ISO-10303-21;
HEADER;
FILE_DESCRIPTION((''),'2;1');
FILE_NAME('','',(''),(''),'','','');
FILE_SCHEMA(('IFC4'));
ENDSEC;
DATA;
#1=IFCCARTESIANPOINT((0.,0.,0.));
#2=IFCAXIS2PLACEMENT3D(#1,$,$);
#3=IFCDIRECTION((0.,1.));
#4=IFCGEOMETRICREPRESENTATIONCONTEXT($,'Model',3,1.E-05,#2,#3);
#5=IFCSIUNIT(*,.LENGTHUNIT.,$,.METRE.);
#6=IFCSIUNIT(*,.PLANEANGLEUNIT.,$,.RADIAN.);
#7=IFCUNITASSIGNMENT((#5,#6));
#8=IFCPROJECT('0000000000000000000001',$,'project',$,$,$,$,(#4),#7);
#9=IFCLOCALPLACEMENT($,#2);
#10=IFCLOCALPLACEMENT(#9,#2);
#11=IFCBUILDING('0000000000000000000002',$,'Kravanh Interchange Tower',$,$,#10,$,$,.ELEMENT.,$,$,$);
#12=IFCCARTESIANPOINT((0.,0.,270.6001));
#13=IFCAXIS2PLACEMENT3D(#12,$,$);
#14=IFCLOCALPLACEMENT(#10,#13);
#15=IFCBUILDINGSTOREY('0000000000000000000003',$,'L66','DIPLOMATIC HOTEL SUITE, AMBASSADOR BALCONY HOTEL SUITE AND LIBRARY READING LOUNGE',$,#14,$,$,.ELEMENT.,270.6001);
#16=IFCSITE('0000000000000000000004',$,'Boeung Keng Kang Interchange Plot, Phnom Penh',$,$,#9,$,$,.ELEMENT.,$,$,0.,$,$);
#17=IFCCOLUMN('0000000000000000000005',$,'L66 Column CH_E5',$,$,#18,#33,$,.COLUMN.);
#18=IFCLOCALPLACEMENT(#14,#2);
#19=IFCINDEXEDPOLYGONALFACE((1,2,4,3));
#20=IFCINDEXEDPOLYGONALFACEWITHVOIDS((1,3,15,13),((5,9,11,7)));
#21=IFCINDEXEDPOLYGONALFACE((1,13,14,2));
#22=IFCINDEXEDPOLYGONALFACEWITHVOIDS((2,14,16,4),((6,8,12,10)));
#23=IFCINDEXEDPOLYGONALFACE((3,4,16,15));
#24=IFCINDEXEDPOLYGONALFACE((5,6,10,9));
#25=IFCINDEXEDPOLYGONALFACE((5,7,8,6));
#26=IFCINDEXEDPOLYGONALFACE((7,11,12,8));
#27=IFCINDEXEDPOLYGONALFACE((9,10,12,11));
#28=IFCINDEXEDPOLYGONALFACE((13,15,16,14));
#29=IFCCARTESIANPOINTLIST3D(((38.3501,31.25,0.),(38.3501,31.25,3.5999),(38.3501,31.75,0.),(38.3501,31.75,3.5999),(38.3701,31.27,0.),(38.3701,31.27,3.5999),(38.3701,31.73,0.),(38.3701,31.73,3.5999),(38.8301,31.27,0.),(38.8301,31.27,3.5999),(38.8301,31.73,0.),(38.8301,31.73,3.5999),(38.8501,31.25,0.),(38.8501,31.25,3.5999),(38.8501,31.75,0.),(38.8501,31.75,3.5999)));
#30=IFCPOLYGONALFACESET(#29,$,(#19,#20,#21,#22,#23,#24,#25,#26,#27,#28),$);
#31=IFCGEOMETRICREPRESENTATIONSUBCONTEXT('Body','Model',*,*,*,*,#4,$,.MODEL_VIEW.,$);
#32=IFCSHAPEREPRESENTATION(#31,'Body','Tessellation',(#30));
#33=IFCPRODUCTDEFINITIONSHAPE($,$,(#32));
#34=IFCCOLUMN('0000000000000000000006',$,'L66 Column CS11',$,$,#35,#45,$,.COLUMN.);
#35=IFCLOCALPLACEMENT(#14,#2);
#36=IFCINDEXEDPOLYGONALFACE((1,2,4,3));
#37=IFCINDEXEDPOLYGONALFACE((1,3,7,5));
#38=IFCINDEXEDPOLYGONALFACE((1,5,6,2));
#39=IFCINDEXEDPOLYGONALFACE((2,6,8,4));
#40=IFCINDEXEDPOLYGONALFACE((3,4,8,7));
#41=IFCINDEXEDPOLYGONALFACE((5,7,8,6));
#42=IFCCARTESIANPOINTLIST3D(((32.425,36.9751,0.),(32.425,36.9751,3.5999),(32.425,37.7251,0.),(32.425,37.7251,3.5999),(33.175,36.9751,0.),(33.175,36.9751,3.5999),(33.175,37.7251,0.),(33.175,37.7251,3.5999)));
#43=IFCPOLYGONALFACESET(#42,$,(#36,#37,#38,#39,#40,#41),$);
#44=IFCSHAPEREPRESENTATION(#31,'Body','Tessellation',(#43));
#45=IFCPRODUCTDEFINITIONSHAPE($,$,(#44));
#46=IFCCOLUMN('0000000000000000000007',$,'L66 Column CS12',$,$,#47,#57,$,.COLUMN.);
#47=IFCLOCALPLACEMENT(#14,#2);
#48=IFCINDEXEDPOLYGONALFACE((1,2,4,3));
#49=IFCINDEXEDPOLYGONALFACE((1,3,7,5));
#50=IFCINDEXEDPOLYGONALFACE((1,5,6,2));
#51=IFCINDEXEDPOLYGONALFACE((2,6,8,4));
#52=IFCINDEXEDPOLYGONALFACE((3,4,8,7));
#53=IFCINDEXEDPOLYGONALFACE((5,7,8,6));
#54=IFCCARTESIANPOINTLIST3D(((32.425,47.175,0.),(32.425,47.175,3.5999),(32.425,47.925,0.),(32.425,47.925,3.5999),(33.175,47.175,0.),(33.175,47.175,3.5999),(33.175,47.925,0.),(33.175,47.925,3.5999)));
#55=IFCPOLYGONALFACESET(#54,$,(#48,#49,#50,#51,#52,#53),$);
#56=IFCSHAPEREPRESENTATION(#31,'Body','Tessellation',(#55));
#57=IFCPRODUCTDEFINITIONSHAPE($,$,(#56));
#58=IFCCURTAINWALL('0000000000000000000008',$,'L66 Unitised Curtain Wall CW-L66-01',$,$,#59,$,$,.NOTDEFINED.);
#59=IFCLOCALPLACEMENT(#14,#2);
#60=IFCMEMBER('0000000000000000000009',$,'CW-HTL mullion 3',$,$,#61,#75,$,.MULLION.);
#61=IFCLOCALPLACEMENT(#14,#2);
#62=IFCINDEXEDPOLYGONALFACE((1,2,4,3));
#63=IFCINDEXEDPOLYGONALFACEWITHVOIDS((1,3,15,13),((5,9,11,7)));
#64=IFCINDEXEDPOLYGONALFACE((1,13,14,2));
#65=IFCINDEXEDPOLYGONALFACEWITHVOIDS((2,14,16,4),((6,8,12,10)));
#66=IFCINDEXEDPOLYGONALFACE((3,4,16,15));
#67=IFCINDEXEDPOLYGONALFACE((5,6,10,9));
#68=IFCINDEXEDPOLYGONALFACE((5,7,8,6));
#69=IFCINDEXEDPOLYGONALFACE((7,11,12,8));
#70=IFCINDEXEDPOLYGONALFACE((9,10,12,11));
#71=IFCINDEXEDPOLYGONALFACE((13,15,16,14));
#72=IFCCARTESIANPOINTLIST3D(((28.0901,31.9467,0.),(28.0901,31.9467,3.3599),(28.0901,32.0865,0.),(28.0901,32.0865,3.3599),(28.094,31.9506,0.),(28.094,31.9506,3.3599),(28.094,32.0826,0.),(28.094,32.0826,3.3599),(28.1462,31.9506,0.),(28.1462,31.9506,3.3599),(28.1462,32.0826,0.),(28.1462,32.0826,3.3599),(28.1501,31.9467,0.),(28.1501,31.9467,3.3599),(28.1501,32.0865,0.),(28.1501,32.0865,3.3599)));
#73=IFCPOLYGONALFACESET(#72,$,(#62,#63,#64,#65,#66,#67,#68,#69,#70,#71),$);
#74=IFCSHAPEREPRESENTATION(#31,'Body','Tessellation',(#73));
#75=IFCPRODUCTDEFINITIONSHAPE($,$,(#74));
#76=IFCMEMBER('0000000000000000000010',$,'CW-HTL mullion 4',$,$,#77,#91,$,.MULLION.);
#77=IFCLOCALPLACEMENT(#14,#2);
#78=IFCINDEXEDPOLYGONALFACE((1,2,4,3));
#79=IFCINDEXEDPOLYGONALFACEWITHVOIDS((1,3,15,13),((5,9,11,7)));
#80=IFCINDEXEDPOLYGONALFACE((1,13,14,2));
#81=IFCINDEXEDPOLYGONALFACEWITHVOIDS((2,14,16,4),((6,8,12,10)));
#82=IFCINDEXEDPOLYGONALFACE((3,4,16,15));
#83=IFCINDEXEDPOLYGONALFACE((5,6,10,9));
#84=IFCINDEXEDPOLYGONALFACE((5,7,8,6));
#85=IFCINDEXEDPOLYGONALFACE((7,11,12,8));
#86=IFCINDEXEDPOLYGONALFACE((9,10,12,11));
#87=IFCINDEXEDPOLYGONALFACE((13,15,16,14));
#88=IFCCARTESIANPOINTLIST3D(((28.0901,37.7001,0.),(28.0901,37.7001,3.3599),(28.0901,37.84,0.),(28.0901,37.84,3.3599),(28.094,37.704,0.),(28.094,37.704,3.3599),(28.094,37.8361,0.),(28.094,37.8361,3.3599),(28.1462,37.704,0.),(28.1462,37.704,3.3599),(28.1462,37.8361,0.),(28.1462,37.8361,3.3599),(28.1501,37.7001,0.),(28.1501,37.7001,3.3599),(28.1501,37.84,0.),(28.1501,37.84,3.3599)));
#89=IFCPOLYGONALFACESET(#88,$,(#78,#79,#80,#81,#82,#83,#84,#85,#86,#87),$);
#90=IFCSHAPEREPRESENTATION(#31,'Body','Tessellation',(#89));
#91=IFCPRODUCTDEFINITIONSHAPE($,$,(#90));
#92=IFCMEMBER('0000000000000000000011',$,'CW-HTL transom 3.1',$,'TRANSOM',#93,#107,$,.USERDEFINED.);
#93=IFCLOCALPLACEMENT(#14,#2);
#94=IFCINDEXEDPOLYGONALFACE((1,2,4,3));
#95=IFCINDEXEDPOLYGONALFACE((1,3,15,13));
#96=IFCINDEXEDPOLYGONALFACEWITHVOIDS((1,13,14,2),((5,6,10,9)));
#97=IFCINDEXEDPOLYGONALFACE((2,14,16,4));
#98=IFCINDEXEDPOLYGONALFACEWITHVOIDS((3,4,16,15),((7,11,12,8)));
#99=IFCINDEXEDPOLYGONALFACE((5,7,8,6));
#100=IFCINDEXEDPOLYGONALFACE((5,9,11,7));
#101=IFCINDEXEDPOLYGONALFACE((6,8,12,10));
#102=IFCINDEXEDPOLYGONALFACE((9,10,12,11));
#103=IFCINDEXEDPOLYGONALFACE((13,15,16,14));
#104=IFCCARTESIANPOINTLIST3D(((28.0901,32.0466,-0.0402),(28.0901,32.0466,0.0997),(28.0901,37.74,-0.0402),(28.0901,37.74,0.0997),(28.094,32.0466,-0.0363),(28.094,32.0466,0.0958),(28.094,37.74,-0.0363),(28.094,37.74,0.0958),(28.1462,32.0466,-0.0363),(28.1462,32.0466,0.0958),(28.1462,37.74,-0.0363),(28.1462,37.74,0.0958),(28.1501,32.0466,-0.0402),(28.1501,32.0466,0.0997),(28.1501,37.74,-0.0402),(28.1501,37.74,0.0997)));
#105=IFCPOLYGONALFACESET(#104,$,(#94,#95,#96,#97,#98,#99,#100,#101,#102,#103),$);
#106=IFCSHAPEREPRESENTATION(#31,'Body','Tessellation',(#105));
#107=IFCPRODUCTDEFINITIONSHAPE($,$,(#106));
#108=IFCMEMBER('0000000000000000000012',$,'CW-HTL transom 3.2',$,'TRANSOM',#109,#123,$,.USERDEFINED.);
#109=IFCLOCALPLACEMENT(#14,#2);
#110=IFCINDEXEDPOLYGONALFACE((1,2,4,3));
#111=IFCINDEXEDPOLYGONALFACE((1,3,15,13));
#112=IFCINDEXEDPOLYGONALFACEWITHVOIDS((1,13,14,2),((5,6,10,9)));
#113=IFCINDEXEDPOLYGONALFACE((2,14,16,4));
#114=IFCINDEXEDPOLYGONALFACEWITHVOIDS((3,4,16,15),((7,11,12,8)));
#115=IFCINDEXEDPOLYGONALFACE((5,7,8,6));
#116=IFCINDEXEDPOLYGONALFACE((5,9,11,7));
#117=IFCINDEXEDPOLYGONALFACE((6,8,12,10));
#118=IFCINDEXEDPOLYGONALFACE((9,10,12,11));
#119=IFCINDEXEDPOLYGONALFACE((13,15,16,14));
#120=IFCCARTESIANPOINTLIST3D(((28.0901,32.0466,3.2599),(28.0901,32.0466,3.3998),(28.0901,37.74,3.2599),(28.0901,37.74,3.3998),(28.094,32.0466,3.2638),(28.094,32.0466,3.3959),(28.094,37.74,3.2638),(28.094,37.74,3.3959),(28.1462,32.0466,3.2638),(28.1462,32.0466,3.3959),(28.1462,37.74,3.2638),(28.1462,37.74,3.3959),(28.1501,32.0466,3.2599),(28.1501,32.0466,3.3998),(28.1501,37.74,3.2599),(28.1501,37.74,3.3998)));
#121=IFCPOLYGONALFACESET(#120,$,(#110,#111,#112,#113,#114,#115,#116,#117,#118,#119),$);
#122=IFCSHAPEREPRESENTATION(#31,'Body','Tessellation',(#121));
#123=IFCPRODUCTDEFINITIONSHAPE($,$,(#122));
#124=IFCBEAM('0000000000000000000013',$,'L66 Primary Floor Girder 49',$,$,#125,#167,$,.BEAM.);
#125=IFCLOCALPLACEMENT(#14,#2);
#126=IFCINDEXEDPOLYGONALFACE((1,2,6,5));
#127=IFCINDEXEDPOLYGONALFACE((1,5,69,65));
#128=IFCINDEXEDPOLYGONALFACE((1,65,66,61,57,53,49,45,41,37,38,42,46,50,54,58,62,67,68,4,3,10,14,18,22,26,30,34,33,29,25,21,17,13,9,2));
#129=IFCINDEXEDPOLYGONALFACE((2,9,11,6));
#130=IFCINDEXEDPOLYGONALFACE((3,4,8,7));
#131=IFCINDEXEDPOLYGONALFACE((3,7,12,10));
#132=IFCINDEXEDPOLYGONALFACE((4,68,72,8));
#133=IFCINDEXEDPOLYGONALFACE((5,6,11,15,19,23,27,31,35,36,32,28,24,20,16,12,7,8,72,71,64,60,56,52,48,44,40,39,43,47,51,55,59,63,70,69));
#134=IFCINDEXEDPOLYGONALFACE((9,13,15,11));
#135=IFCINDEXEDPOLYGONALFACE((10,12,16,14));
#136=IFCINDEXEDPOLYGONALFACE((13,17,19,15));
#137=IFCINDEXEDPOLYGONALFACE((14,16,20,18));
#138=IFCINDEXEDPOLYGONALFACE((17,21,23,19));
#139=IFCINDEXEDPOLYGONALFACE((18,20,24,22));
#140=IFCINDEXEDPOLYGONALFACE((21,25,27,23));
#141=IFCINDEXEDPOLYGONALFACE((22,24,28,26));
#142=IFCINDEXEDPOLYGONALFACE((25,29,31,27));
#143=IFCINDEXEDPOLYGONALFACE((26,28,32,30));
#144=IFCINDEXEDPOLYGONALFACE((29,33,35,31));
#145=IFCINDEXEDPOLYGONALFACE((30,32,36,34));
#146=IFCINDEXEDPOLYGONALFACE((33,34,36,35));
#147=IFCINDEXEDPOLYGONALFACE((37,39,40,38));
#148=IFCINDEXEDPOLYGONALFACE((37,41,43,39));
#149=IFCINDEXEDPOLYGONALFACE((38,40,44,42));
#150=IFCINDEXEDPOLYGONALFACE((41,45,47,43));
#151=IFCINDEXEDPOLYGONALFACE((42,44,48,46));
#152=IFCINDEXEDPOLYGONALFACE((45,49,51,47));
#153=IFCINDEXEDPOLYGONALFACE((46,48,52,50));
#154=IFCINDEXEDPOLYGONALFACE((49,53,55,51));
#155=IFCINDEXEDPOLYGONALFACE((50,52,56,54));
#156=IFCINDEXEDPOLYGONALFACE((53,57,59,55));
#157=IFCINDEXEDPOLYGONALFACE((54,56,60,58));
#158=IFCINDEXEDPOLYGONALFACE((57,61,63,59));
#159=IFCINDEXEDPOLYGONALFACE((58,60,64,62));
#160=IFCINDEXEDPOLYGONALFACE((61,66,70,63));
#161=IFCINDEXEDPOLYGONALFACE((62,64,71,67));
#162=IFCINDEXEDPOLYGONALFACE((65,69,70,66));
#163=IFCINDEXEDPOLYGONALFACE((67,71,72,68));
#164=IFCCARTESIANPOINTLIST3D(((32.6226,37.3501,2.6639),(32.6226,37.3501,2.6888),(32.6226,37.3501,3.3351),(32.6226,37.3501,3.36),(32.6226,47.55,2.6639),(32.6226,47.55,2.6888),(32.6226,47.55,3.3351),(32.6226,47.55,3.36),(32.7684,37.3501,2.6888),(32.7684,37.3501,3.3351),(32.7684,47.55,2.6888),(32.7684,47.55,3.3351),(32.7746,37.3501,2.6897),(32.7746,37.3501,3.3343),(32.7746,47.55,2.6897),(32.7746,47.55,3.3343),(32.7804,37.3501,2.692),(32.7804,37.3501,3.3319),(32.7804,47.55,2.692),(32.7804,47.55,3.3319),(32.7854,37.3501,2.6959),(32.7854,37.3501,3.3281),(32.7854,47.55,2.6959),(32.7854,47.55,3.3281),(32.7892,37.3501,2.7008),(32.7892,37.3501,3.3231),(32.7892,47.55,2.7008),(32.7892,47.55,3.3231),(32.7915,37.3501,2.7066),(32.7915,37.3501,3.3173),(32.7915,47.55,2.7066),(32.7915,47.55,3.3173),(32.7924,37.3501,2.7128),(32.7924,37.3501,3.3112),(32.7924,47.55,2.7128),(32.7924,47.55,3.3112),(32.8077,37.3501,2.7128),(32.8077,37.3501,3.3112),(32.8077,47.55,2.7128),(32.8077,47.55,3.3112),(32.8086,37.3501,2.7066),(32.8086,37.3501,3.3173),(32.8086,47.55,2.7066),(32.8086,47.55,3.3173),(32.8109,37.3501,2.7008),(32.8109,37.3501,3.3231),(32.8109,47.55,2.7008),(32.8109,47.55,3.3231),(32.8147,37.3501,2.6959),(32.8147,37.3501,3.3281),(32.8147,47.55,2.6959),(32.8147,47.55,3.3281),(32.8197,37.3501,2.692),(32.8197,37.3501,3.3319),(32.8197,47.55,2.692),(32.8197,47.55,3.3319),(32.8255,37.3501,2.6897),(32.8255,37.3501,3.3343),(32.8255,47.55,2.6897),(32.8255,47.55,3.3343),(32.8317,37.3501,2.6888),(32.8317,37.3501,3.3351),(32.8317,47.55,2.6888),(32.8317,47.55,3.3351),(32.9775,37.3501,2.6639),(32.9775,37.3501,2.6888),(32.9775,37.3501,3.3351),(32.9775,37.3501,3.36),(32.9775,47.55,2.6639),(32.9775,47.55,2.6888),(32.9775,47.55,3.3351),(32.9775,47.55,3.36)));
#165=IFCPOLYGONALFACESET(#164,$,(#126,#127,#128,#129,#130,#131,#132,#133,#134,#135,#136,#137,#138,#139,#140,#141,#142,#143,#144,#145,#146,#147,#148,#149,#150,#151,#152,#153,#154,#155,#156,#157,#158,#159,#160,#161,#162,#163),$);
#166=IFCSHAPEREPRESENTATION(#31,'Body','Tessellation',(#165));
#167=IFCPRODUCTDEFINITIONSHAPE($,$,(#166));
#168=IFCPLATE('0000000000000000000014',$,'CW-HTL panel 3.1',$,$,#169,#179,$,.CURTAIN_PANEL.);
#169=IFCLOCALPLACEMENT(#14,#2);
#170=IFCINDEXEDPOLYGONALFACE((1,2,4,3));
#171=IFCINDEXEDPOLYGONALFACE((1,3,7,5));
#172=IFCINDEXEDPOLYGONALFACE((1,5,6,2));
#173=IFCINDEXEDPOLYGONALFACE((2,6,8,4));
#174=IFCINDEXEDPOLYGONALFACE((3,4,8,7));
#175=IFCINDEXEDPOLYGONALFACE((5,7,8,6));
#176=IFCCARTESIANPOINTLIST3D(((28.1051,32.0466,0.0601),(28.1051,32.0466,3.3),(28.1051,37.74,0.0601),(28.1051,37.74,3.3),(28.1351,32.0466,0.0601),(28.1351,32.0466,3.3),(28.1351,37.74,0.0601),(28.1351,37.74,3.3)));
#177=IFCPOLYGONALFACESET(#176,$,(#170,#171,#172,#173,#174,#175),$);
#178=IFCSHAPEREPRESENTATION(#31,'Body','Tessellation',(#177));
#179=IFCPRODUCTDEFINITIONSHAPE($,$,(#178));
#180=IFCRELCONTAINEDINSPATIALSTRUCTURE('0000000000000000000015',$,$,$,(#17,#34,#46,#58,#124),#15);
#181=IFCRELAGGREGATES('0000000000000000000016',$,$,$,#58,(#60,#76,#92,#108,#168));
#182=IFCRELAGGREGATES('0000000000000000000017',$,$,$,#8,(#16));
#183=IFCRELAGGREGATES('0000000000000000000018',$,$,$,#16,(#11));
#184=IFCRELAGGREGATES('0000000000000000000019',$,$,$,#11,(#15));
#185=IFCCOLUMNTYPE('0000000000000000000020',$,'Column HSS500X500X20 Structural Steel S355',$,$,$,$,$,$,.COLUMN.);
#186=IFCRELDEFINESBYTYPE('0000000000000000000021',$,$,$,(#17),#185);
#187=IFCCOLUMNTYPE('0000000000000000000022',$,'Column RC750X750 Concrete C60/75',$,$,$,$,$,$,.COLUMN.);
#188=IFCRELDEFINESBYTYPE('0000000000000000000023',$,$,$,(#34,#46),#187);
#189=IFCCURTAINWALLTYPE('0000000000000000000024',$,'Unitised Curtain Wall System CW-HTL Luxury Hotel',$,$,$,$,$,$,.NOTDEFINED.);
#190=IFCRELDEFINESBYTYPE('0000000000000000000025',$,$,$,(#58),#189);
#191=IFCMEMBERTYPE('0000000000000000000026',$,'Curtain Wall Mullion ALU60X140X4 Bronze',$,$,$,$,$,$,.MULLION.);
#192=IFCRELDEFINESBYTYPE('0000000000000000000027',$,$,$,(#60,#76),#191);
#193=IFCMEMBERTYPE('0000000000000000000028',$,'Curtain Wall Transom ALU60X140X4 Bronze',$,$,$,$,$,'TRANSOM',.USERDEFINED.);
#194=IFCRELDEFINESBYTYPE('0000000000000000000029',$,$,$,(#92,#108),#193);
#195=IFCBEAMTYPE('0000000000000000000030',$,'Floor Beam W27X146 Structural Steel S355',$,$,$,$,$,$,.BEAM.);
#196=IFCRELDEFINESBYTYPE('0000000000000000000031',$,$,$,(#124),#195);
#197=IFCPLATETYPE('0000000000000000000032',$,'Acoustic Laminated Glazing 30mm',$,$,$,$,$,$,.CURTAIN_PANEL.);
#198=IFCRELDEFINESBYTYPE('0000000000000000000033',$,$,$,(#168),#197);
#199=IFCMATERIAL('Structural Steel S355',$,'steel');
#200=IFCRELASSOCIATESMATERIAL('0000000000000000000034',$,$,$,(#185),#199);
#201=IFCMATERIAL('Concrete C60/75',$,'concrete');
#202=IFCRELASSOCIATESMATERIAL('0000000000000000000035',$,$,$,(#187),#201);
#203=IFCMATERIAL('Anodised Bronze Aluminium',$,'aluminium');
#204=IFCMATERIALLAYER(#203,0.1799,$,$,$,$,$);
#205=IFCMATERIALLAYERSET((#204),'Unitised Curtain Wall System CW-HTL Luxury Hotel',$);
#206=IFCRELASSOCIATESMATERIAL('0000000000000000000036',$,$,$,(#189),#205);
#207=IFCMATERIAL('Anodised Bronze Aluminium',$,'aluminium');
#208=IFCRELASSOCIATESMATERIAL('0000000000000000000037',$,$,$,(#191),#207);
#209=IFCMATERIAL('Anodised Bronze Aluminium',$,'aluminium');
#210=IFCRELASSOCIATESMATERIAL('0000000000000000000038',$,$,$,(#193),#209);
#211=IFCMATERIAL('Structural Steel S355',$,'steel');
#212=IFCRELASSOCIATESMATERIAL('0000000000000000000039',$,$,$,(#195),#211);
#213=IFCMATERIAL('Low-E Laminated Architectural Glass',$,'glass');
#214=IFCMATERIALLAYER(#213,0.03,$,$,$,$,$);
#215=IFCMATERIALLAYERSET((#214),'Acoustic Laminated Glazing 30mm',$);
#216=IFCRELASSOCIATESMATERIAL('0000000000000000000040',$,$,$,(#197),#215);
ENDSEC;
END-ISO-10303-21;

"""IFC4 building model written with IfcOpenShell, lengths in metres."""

from ifc_helpers import new_model, si_unit, direction, frame, origin, origin_2d, place, context, subcontext, project, spatial, rectangle, hollow_rectangle, i_section, extrude, material, layer, layer_set, material_profile, profile_set, type_object, element, aggregate, save


model = new_model("IFC4")

# Units and contexts
model_context = context("Model", 3, precision=1e-05, world=origin(), true_north=direction((0.0, 1.0)))
body_context = subcontext(model_context, "Body", "Model", "MODEL_VIEW")
ifc_project = project(units=[si_unit("LENGTHUNIT", "METRE"), si_unit("PLANEANGLEUNIT", "RADIAN")], contexts=[model_context])

# Site, building, storey
site_placement = place(None, origin())
site = spatial("IfcSite", under=ifc_project, at=site_placement, Name="Boeung Keng Kang Interchange Plot, Phnom Penh", CompositionType="ELEMENT", RefElevation=0.0)
building_placement = place(site_placement, origin())
building = spatial("IfcBuilding", under=site, at=building_placement, Name="Kravanh Interchange Tower", CompositionType="ELEMENT")
storey_placement = place(building_placement, frame((0.0, 0.0, 270.6001)))
storey = spatial("IfcBuildingStorey", under=building, at=storey_placement, Name="L66", Description="DIPLOMATIC HOTEL SUITE, AMBASSADOR BALCONY HOTEL SUITE AND LIBRARY READING LOUNGE", CompositionType="ELEMENT", Elevation=270.6001)

# Columns
ifc_material_1 = material(Name="Structural Steel S355", Category="steel")
ifc_material_profile_1 = material_profile(ifc_material_1, hollow_rectangle(XDim=0.5, YDim=0.5, WallThickness=0.02, at=origin_2d()), Name="HSS500X500X20")
ifc_profile_set_1 = profile_set([ifc_material_profile_1], Name="Structural Steel S355")
column_type_1 = type_object("IfcColumnType", Name="Column HSS500X500X20 Structural Steel S355", PredefinedType="COLUMN", material=ifc_profile_set_1)
column_placement = place(storey_placement, frame((38.6001, 31.5, 0.0), z_axis=(0.0, 0.0, 1.0), x_axis=(1.0, 0.0, 0.0)))
element("IfcColumn", 1, at=column_placement, inside=storey, type_object=column_type_1, Name="L66 Column CH_E5", PredefinedType="COLUMN", context=body_context, shape_type="SweptSolid", body=[
    extrude(hollow_rectangle(XDim=0.5, YDim=0.5, WallThickness=0.02, at=origin_2d()), origin(), (0.0, 0.0, 1.0), 3.5999),
])
ifc_material_2 = material(Name="Concrete C60/75", Category="concrete")
ifc_material_profile_2 = material_profile(ifc_material_2, rectangle(XDim=0.75, YDim=0.75, at=origin_2d()), Name="RC750X750")
ifc_profile_set_2 = profile_set([ifc_material_profile_2], Name="Concrete C60/75")
column_type_2 = type_object("IfcColumnType", Name="Column RC750X750 Concrete C60/75", PredefinedType="COLUMN", material=ifc_profile_set_2)
for number, where, z_axis, x_axis, name in (
    (2, (32.8, 37.3501, 0.0), (0.0, 0.0, 1.0), (1.0, 0.0, 0.0), "L66 Column CS11"),
    (3, (32.8, 47.55, 0.0), (0.0, 0.0, 1.0), (1.0, 0.0, 0.0), "L66 Column CS12"),
):
    element("IfcColumn", number, at=place(storey_placement, frame(where, z_axis=z_axis, x_axis=x_axis)), inside=storey, type_object=column_type_2, Name=name, PredefinedType="COLUMN", context=body_context, shape_type="SweptSolid", body=[
        extrude(rectangle(XDim=0.75, YDim=0.75, at=origin_2d()), origin(), (0.0, 0.0, 1.0), 3.5999),
    ])

# Curtain wall, members
ifc_material_3 = material(Name="Anodised Bronze Aluminium", Category="aluminium")
ifc_layer_1 = layer(ifc_material_3, 0.1799)
ifc_layer_set_1 = layer_set([ifc_layer_1], Name="Unitised Curtain Wall System CW-HTL Luxury Hotel")
curtain_wall_type = type_object("IfcCurtainWallType", Name="Unitised Curtain Wall System CW-HTL Luxury Hotel", PredefinedType="NOTDEFINED", material=ifc_layer_set_1)
curtain_wall_placement = place(storey_placement, origin())
curtain_wall = element("IfcCurtainWall", 4, at=curtain_wall_placement, inside=storey, type_object=curtain_wall_type, Name="L66 Unitised Curtain Wall CW-L66-01", PredefinedType="NOTDEFINED")
ifc_material_4 = material(Name="Anodised Bronze Aluminium", Category="aluminium")
ifc_material_profile_3 = material_profile(ifc_material_4, hollow_rectangle(XDim=0.0601, YDim=0.1399, WallThickness=0.0039, at=origin_2d()), Name="ALU60X140X4")
ifc_profile_set_3 = profile_set([ifc_material_profile_3], Name="Anodised Bronze Aluminium")
member_type_1 = type_object("IfcMemberType", Name="Curtain Wall Mullion ALU60X140X4 Bronze", PredefinedType="MULLION", material=ifc_profile_set_3)
member_1_placement = place(storey_placement, frame((28.1201, 32.0166, 0.0), z_axis=(0.0, 0.0, 1.0), x_axis=(-1.0, 0.0, 0.0)))
member_1 = element("IfcMember", 5, at=member_1_placement, type_object=member_type_1, Name="CW-HTL mullion 3", PredefinedType="MULLION", context=body_context, shape_type="SweptSolid", body=[
    extrude(hollow_rectangle(XDim=0.0601, YDim=0.1399, WallThickness=0.0039, at=origin_2d()), origin(), (0.0, 0.0, 1.0), 3.3599),
])
member_2_placement = place(storey_placement, frame((28.1201, 37.77, 0.0), z_axis=(0.0, 0.0, 1.0), x_axis=(-1.0, 0.0, 0.0)))
member_2 = element("IfcMember", 6, at=member_2_placement, type_object=member_type_1, Name="CW-HTL mullion 4", PredefinedType="MULLION", context=body_context, shape_type="SweptSolid", body=[
    extrude(hollow_rectangle(XDim=0.0601, YDim=0.1399, WallThickness=0.0039, at=origin_2d()), origin(), (0.0, 0.0, 1.0), 3.3599),
])
ifc_material_5 = material(Name="Anodised Bronze Aluminium", Category="aluminium")
ifc_material_profile_4 = material_profile(ifc_material_5, hollow_rectangle(XDim=0.0601, YDim=0.1399, WallThickness=0.0039, at=origin_2d()), Name="ALU60X140X4")
ifc_profile_set_4 = profile_set([ifc_material_profile_4], Name="Anodised Bronze Aluminium")
member_type_2 = type_object("IfcMemberType", Name="Curtain Wall Transom ALU60X140X4 Bronze", ElementType="TRANSOM", PredefinedType="USERDEFINED", material=ifc_profile_set_4)
member_3_placement = place(storey_placement, frame((28.1201, 32.0466, 0.0298), z_axis=(0.0, 1.0, 0.0), x_axis=(-1.0, 0.0, 0.0)))
member_3 = element("IfcMember", 7, at=member_3_placement, type_object=member_type_2, Name="CW-HTL transom 3.1", ObjectType="TRANSOM", PredefinedType="USERDEFINED", context=body_context, shape_type="SweptSolid", body=[
    extrude(hollow_rectangle(XDim=0.0601, YDim=0.1399, WallThickness=0.0039, at=origin_2d()), origin(), (0.0, 0.0, 1.0), 5.6934),
])
member_4_placement = place(storey_placement, frame((28.1201, 32.0466, 3.3298), z_axis=(0.0, 1.0, 0.0), x_axis=(-1.0, 0.0, 0.0)))
member_4 = element("IfcMember", 8, at=member_4_placement, type_object=member_type_2, Name="CW-HTL transom 3.2", ObjectType="TRANSOM", PredefinedType="USERDEFINED", context=body_context, shape_type="SweptSolid", body=[
    extrude(hollow_rectangle(XDim=0.0601, YDim=0.1399, WallThickness=0.0039, at=origin_2d()), origin(), (0.0, 0.0, 1.0), 5.6934),
])

# Beam
ifc_material_6 = material(Name="Structural Steel S355", Category="steel")
ifc_material_profile_5 = material_profile(ifc_material_6, i_section(OverallWidth=0.355, OverallDepth=0.696, WebThickness=0.0154, FlangeThickness=0.0249, FilletRadius=0.0239, at=origin_2d()), Name="W27X146")
ifc_profile_set_5 = profile_set([ifc_material_profile_5], Name="Structural Steel S355")
beam_type = type_object("IfcBeamType", Name="Floor Beam W27X146 Structural Steel S355", PredefinedType="BEAM", material=ifc_profile_set_5)
beam_placement = place(storey_placement, frame((32.8, 37.3501, 3.012), z_axis=(0.0, 1.0, 0.0), x_axis=(-1.0, 0.0, 0.0)))
element("IfcBeam", 9, at=beam_placement, inside=storey, type_object=beam_type, Name="L66 Primary Floor Girder 49", PredefinedType="BEAM", context=body_context, shape_type="SweptSolid", body=[
    extrude(i_section(OverallWidth=0.355, OverallDepth=0.696, WebThickness=0.0154, FlangeThickness=0.0249, FilletRadius=0.0239, at=origin_2d()), origin(), (0.0, 0.0, 1.0), 10.2),
])

# Plate
ifc_material_7 = material(Name="Low-E Laminated Architectural Glass", Category="glass")
ifc_layer_2 = layer(ifc_material_7, 0.03)
ifc_layer_set_2 = layer_set([ifc_layer_2], Name="Acoustic Laminated Glazing 30mm")
plate_type = type_object("IfcPlateType", Name="Acoustic Laminated Glazing 30mm", PredefinedType="CURTAIN_PANEL", material=ifc_layer_set_2)
plate_placement = place(storey_placement, frame((28.1201, 34.8933, 0.0601), z_axis=(0.0, 0.0, 1.0), x_axis=(0.0, 1.0, 0.0)))
plate = element("IfcPlate", 10, at=plate_placement, type_object=plate_type, Name="CW-HTL panel 3.1", PredefinedType="CURTAIN_PANEL", context=body_context, shape_type="SweptSolid", body=[
    extrude(rectangle(XDim=5.6934, YDim=0.03, at=origin_2d()), origin(), (0.0, 0.0, 1.0), 3.24),
])
aggregate(curtain_wall, [member_1, member_2, member_3, member_4, plate])

save(model, "model.ifc")
